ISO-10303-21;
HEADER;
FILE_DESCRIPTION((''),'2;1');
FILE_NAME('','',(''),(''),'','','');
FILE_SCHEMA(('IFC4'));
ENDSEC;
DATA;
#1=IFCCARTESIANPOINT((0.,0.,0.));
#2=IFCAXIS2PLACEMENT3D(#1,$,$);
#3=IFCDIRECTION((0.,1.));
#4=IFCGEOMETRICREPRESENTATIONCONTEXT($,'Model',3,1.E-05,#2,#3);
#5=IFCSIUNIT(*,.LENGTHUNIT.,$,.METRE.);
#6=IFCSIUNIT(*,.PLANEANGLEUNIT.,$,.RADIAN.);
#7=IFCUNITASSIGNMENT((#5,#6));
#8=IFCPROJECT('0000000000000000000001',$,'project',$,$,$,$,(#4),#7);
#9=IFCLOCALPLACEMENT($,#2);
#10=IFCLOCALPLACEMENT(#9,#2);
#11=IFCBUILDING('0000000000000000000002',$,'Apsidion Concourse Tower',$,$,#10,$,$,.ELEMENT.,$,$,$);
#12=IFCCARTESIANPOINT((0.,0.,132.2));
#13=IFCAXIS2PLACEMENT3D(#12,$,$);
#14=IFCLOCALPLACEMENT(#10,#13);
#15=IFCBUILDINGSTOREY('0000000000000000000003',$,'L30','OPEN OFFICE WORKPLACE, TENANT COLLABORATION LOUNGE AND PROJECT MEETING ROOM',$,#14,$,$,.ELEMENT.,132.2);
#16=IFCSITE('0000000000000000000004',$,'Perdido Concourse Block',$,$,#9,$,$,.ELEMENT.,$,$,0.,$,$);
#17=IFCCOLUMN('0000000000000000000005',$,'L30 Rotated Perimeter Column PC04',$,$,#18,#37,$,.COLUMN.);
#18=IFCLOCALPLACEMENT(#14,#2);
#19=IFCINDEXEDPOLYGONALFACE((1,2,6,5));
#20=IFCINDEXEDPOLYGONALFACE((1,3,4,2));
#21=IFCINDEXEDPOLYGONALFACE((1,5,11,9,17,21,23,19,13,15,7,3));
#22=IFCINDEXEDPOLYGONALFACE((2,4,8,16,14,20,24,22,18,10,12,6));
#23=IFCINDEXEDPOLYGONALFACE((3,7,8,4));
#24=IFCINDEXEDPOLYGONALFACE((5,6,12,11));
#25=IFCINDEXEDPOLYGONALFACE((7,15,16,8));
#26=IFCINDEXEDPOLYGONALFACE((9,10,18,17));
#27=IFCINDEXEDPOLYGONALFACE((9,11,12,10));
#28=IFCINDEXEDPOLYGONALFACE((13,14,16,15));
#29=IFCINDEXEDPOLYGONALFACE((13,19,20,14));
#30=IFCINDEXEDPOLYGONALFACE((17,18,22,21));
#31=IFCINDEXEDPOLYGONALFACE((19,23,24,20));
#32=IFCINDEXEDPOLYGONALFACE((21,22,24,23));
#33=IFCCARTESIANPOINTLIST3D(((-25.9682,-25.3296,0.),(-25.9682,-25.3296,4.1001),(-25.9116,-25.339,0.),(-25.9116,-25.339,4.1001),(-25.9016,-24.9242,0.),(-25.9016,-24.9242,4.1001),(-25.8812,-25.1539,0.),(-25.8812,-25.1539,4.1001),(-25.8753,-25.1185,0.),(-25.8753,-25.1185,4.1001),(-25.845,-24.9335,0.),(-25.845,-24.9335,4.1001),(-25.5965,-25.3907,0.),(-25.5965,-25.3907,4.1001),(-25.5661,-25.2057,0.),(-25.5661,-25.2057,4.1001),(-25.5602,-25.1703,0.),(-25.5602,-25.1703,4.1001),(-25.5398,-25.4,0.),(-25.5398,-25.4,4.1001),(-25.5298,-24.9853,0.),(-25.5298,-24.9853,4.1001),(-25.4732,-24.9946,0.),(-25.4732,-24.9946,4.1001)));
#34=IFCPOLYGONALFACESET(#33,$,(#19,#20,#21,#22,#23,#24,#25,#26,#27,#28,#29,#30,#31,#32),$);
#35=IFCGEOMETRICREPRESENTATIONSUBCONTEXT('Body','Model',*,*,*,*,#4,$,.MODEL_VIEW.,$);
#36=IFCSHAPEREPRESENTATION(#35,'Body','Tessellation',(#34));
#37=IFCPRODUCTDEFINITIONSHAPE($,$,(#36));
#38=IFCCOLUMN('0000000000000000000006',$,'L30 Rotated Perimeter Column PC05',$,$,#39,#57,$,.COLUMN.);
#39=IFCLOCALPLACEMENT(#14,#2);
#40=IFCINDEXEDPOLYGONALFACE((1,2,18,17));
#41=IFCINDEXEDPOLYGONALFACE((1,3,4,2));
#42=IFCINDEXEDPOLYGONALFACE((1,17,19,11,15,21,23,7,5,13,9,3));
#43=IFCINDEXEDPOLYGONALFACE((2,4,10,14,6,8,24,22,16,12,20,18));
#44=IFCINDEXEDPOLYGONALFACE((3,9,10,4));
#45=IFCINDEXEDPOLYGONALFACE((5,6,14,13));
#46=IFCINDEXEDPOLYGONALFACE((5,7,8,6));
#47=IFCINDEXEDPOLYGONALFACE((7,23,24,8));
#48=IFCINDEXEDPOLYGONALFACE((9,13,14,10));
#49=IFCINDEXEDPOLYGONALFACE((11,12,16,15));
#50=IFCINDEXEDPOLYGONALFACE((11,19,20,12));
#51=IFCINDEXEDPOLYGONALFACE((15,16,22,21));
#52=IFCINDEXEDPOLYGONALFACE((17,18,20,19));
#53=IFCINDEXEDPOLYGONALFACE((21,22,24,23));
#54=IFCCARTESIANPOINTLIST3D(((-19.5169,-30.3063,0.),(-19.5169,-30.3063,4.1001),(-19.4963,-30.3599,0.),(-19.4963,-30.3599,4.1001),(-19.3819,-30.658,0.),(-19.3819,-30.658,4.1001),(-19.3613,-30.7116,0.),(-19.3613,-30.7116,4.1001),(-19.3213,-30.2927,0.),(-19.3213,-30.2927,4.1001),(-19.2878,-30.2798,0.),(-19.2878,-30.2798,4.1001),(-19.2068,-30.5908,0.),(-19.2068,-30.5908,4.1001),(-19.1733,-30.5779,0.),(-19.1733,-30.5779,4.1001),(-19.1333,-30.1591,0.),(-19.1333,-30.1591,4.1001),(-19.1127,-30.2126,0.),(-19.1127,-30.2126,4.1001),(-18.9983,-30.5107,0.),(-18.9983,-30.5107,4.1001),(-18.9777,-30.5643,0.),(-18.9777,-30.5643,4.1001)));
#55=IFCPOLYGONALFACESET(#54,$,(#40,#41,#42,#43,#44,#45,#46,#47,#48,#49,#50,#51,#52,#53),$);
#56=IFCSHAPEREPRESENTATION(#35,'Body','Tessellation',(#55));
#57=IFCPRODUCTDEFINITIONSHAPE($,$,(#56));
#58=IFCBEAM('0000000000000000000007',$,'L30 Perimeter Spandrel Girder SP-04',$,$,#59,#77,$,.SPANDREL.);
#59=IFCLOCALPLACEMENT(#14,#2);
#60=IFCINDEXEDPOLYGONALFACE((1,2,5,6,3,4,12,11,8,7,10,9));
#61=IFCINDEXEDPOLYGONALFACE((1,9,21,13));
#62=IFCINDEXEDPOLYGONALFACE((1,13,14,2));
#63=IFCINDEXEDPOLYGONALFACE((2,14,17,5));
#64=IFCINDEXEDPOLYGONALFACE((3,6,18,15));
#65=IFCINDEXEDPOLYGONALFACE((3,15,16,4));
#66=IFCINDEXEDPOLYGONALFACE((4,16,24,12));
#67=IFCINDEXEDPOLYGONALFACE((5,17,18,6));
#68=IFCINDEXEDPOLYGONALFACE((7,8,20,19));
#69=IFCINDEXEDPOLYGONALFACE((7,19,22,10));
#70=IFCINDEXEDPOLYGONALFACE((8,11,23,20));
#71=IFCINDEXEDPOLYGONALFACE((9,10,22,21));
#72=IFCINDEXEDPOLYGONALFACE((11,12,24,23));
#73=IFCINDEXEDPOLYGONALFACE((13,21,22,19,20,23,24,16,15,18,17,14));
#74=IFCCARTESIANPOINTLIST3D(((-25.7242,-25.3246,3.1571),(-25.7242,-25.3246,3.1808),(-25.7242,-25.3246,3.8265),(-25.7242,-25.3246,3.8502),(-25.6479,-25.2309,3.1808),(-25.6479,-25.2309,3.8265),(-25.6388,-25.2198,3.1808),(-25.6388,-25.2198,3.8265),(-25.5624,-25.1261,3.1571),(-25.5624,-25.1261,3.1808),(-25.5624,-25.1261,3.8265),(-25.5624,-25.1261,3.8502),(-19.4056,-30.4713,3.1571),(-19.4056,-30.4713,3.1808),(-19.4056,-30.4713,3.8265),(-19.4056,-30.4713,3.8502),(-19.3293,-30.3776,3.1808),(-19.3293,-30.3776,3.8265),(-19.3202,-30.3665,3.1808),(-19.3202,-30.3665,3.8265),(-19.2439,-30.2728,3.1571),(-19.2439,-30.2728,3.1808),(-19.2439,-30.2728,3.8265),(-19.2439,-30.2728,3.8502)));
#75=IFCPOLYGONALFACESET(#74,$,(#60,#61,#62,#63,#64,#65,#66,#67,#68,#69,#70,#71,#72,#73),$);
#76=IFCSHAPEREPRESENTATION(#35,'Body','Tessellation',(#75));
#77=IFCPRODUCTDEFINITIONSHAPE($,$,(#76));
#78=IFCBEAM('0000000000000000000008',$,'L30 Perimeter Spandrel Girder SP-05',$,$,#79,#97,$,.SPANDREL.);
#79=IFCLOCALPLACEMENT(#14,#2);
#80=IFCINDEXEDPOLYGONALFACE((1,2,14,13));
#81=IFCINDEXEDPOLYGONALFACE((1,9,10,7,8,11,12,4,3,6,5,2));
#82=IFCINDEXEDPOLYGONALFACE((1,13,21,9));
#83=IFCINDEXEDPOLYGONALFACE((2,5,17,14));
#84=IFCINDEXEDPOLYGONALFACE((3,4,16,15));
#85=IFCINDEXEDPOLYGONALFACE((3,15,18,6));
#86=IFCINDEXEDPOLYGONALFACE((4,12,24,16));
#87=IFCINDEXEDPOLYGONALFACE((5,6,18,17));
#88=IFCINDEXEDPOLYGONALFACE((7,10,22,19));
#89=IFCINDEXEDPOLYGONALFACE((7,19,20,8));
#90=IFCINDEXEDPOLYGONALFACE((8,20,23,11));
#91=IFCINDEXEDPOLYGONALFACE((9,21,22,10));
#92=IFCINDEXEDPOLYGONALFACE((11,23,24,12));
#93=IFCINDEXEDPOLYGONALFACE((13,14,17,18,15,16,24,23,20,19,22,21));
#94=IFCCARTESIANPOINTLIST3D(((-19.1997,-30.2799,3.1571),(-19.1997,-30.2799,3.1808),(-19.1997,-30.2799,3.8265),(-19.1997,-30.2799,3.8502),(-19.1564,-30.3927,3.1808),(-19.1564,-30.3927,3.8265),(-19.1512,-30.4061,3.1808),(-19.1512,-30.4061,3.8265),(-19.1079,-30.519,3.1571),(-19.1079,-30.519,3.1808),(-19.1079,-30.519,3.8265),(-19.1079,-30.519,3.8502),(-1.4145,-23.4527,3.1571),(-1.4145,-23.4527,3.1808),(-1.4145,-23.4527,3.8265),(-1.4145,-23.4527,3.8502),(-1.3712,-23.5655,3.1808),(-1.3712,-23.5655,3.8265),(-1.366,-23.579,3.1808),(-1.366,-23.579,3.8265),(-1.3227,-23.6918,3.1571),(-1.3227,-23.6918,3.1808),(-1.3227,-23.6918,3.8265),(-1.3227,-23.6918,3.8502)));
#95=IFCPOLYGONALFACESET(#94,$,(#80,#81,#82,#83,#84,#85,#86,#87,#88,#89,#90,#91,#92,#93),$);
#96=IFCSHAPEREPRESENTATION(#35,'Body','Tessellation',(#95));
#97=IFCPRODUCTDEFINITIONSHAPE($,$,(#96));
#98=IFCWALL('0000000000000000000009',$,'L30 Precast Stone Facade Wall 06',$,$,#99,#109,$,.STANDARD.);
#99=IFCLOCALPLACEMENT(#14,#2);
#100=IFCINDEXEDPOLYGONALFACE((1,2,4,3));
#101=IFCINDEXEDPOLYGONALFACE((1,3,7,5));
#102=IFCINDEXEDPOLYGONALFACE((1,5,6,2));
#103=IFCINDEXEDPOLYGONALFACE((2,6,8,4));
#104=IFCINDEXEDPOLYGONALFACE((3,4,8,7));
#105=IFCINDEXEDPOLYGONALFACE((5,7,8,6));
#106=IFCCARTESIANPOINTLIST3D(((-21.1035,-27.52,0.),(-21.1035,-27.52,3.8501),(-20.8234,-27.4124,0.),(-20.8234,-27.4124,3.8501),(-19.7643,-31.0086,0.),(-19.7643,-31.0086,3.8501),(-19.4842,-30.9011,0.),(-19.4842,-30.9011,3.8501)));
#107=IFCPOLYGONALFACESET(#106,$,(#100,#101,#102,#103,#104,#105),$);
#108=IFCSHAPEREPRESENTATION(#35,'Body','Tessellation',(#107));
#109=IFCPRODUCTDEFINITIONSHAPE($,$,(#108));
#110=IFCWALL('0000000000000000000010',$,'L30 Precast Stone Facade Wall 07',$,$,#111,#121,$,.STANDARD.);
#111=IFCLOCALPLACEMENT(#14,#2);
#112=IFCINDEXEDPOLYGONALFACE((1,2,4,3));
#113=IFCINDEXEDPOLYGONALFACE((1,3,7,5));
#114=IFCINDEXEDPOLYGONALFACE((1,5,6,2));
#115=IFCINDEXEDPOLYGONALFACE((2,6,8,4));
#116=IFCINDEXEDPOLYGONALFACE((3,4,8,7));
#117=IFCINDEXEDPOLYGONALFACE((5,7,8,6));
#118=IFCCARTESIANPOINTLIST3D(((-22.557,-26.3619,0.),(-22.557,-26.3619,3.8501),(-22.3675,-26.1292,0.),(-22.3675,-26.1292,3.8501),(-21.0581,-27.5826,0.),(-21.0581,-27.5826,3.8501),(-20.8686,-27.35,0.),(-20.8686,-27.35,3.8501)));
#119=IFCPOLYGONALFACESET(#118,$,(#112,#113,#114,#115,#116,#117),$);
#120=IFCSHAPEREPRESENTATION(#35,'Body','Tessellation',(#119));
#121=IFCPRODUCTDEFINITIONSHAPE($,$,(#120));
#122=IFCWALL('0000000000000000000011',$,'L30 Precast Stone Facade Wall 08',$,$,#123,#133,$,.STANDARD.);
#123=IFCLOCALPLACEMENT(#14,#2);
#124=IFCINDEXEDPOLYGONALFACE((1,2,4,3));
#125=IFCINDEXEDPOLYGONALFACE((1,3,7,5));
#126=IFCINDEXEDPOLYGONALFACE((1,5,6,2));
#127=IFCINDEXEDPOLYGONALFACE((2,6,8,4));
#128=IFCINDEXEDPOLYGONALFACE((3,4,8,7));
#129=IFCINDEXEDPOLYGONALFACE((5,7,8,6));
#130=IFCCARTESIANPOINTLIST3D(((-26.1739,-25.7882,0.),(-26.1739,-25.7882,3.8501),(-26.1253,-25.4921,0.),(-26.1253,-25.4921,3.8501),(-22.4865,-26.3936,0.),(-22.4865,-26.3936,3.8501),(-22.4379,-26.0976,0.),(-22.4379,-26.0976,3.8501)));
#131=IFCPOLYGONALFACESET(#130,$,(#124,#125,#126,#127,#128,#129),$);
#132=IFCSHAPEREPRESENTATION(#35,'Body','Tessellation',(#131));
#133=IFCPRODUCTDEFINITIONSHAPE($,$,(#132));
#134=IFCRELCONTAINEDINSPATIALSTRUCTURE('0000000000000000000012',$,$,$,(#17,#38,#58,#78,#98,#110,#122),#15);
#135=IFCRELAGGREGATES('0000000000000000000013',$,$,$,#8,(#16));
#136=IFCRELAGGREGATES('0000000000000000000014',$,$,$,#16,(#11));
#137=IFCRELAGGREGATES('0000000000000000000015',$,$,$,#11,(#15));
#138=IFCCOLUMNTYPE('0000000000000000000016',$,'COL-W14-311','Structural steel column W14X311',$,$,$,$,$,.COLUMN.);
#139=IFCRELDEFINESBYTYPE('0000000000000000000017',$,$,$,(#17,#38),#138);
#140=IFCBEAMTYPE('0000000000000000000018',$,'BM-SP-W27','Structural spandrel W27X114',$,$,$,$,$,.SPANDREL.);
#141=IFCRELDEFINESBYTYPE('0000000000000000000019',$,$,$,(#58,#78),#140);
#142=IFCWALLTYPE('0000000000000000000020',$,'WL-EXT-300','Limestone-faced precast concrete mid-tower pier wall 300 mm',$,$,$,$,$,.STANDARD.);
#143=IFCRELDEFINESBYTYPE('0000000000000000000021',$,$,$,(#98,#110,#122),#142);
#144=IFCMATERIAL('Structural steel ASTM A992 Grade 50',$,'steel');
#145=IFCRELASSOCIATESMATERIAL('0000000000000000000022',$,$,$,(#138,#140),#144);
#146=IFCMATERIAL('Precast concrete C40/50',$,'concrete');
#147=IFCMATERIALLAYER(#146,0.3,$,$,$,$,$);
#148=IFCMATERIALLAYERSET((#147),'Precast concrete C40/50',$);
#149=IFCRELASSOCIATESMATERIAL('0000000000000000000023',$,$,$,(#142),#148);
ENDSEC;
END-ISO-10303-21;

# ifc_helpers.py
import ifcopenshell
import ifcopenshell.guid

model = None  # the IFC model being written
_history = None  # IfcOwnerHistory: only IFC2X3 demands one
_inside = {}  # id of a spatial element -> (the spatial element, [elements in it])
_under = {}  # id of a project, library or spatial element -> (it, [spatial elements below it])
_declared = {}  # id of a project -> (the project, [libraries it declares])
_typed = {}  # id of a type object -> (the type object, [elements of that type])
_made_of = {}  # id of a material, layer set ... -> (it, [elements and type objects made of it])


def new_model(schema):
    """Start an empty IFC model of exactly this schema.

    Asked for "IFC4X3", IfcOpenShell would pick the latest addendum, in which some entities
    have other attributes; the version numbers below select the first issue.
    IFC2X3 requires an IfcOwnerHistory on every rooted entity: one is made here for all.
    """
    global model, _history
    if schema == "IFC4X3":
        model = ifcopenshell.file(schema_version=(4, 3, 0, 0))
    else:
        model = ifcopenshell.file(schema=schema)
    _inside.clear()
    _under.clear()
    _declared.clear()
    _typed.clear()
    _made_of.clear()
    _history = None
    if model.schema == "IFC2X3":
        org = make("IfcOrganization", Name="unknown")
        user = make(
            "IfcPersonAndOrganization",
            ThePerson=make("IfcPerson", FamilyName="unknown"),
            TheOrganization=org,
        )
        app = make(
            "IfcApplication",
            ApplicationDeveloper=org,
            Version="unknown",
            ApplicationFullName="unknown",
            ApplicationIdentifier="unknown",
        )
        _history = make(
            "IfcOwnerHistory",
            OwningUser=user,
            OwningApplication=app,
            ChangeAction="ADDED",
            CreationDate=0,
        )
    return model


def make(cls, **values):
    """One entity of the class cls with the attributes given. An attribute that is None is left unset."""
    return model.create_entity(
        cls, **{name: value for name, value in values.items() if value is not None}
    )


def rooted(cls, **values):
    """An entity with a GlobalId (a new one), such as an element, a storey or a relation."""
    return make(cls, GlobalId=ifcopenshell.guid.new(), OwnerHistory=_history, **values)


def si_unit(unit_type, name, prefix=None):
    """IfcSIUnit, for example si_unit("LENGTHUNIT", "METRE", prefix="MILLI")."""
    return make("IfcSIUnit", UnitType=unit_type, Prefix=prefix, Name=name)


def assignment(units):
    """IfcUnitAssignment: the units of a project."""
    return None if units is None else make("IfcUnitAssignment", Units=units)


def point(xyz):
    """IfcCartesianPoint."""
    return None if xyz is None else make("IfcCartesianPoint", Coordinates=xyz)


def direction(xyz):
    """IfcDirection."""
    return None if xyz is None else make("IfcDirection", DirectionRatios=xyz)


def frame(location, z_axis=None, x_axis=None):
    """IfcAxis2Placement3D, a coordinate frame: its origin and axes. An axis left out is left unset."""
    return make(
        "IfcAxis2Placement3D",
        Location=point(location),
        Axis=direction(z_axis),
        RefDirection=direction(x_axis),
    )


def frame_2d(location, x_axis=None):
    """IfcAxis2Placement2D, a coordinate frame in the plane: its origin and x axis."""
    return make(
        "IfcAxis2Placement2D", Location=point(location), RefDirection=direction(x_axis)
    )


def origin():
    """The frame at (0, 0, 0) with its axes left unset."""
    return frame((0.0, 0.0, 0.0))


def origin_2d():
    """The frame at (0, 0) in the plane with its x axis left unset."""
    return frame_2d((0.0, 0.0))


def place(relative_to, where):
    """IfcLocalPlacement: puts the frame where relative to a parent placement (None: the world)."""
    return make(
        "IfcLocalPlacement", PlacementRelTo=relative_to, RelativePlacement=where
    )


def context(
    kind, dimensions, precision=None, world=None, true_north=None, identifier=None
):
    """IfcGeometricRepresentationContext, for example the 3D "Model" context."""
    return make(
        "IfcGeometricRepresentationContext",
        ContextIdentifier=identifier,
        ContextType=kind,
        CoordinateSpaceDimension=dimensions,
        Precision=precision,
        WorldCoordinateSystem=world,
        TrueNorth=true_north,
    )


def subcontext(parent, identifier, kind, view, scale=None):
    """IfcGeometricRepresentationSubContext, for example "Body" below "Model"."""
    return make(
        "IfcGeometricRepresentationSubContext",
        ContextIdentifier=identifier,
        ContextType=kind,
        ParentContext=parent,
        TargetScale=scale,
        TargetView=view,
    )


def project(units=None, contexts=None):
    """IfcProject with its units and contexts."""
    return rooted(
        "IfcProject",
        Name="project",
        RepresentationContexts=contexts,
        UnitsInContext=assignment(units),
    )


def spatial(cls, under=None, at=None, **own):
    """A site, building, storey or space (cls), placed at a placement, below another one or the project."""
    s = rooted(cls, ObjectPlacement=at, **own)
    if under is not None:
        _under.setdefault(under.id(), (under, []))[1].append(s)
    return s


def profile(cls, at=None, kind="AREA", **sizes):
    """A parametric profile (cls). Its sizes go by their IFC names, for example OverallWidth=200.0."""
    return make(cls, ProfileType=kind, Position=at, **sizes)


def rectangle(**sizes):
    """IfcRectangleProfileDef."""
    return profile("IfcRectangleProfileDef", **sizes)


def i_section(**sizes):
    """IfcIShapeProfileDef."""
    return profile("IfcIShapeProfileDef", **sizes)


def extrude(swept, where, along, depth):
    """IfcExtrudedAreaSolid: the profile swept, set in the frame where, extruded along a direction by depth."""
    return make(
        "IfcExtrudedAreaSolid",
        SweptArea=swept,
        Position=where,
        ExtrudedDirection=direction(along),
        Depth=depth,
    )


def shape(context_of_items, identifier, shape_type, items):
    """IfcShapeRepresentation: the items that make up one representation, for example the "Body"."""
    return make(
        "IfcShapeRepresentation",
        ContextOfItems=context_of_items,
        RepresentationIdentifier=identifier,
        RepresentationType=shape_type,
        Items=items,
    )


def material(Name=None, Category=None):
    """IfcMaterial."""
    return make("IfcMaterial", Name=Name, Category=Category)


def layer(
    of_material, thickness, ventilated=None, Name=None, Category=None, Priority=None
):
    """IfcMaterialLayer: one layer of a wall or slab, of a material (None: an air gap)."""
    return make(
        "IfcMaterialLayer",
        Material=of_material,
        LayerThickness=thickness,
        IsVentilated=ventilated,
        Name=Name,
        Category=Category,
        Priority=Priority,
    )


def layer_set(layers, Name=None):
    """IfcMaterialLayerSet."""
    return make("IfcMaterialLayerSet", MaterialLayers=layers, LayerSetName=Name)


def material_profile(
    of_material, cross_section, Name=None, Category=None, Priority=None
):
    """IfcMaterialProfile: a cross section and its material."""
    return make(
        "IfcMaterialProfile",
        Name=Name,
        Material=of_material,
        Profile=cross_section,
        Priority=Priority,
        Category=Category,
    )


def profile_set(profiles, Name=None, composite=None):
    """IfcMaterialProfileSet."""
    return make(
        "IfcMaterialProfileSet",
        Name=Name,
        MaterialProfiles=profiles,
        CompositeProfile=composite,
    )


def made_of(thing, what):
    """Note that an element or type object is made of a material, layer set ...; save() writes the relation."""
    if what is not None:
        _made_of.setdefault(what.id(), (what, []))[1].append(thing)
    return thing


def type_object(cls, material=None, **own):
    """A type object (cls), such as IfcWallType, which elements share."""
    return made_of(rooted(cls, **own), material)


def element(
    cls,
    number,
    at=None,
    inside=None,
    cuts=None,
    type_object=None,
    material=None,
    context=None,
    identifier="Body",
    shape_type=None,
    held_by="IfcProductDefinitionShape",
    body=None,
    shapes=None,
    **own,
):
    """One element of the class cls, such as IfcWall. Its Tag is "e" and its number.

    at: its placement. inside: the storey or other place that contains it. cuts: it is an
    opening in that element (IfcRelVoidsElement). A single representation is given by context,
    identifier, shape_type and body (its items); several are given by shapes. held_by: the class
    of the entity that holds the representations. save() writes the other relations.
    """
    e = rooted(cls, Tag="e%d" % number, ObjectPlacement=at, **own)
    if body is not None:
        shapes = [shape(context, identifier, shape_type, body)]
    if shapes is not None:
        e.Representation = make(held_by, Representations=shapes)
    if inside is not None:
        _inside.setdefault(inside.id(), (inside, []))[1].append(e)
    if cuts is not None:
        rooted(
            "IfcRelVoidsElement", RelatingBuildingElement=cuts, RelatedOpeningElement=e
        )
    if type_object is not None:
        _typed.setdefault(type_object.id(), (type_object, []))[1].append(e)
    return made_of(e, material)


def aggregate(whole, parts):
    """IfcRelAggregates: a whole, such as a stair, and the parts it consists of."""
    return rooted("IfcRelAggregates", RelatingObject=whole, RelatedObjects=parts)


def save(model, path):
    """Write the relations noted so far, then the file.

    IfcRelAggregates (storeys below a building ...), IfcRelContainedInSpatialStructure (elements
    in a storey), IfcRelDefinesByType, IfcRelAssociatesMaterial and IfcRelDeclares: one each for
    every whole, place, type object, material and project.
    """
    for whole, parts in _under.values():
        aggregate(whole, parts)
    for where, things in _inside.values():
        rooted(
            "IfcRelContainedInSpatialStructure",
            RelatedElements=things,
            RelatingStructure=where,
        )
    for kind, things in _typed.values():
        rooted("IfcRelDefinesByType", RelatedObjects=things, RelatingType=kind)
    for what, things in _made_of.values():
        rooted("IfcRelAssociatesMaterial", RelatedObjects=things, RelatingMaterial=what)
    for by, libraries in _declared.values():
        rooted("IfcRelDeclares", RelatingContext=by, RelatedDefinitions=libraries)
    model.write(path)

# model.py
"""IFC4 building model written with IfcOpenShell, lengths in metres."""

from ifc_helpers import new_model, si_unit, direction, frame, frame_2d, origin, origin_2d, place, context, subcontext, project, spatial, rectangle, i_section, extrude, material, layer, layer_set, material_profile, profile_set, type_object, element, save


model = new_model("IFC4")

# Units and contexts
model_context = context("Model", 3, precision=1e-05, world=origin(), true_north=direction((0.0, 1.0)))
body_context = subcontext(model_context, "Body", "Model", "MODEL_VIEW")
ifc_project = project(units=[si_unit("LENGTHUNIT", "METRE"), si_unit("PLANEANGLEUNIT", "RADIAN")], contexts=[model_context])

# Site, building, storey
site_placement = place(None, origin())
site = spatial("IfcSite", under=ifc_project, at=site_placement, Name="Perdido Concourse Block", CompositionType="ELEMENT", RefElevation=0.0)
building_placement = place(site_placement, origin())
building = spatial("IfcBuilding", under=site, at=building_placement, Name="Apsidion Concourse Tower", CompositionType="ELEMENT")
storey_placement = place(building_placement, frame((0.0, 0.0, 132.2)))
storey = spatial("IfcBuildingStorey", under=building, at=storey_placement, Name="L30", Description="OPEN OFFICE WORKPLACE, TENANT COLLABORATION LOUNGE AND PROJECT MEETING ROOM", CompositionType="ELEMENT", Elevation=132.2)

# Columns
ifc_material_1 = material(Name="Structural steel ASTM A992 Grade 50", Category="steel")
ifc_material_profile_1 = material_profile(ifc_material_1, i_section(OverallWidth=0.4109, OverallDepth=0.4341, WebThickness=0.0359, FlangeThickness=0.0574, at=origin_2d()), Name="W14X311")
ifc_profile_set_1 = profile_set([ifc_material_profile_1], Name="Structural steel ASTM A992 Grade 50")
column_type = type_object("IfcColumnType", Name="COL-W14-311", Description="Structural steel column W14X311", PredefinedType="COLUMN", material=ifc_profile_set_1)
for number, where, z_axis, x_axis, name in (
    (1, (-25.7207, -25.1621, 0.0), (0.0, 0.0, 1.0), (0.162121, 0.986771, 0.0), "L30 Rotated Perimeter Column PC04"),
    (2, (-19.2473, -30.4353, 0.0), (0.0, 0.0, 1.0), (0.93358, 0.358368, 0.0), "L30 Rotated Perimeter Column PC05"),
):
    element("IfcColumn", number, at=place(storey_placement, frame(where, z_axis=z_axis, x_axis=x_axis)), inside=storey, type_object=column_type, Name=name, PredefinedType="COLUMN", context=body_context, shape_type="SweptSolid", body=[
        extrude(i_section(OverallWidth=0.4109, OverallDepth=0.4341, WebThickness=0.0359, FlangeThickness=0.0574, at=origin_2d()), origin(), (0.0, 0.0, 1.0), 4.1001),
    ])

# Beams
ifc_material_profile_2 = material_profile(ifc_material_1, i_section(OverallWidth=0.2561, OverallDepth=0.6931, WebThickness=0.0144, FlangeThickness=0.0237, at=origin_2d()), Name="W27X114")
ifc_profile_set_2 = profile_set([ifc_material_profile_2], Name="Structural steel ASTM A992 Grade 50")
beam_type = type_object("IfcBeamType", Name="BM-SP-W27", Description="Structural spandrel W27X114", PredefinedType="SPANDREL", material=ifc_profile_set_2)
beam_1_placement = place(storey_placement, frame((-25.6433, -25.2253, 3.5037), z_axis=(0.775341, -0.631543, 0.0), x_axis=(0.631543, 0.775341, 0.0)))
element("IfcBeam", 3, at=beam_1_placement, inside=storey, type_object=beam_type, Name="L30 Perimeter Spandrel Girder SP-04", PredefinedType="SPANDREL", context=body_context, shape_type="SweptSolid", body=[
    extrude(i_section(OverallWidth=0.2561, OverallDepth=0.6931, WebThickness=0.0144, FlangeThickness=0.0237, at=origin_2d()), origin(), (0.0, 0.0, 1.0), 8.1494),
])
beam_2_placement = place(storey_placement, frame((-19.1538, -30.3994, 3.5037), z_axis=(0.933579, 0.358371, 0.0), x_axis=(-0.358371, 0.933579, 0.0)))
element("IfcBeam", 4, at=beam_2_placement, inside=storey, type_object=beam_type, Name="L30 Perimeter Spandrel Girder SP-05", PredefinedType="SPANDREL", context=body_context, shape_type="SweptSolid", body=[
    extrude(i_section(OverallWidth=0.2561, OverallDepth=0.6931, WebThickness=0.0144, FlangeThickness=0.0237, at=origin_2d()), origin(), (0.0, 0.0, 1.0), 19.0505),
])

# Walls
ifc_material_2 = material(Name="Precast concrete C40/50", Category="concrete")
ifc_layer_1 = layer(ifc_material_2, 0.3)
ifc_layer_set_1 = layer_set([ifc_layer_1], Name="Precast concrete C40/50")
wall_type_1 = type_object("IfcWallType", Name="WL-EXT-300", Description="Limestone-faced precast concrete mid-tower pier wall 300 mm", PredefinedType="STANDARD", material=ifc_layer_set_1)
wall_1_placement = place(storey_placement, frame((-19.6243, -30.9548, 0.0), z_axis=(0.0, 0.0, 1.0), x_axis=(-0.358366, 0.933581, 0.0)))
element("IfcWall", 5, at=wall_1_placement, inside=storey, type_object=wall_type_1, Name="L30 Precast Stone Facade Wall 06", PredefinedType="STANDARD", context=body_context, shape_type="SweptSolid", body=[
    extrude(rectangle(XDim=3.7368, YDim=0.3, at=frame_2d((1.8684, 0.0))), origin(), (0.0, 0.0, 1.0), 3.8501),
])
wall_2_placement = place(storey_placement, frame((-20.9634, -27.4663, 0.0), z_axis=(0.0, 0.0, 1.0), x_axis=(-0.775368, 0.63151, 0.0)))
element("IfcWall", 6, at=wall_2_placement, inside=storey, type_object=wall_type_1, Name="L30 Precast Stone Facade Wall 07", PredefinedType="STANDARD", context=body_context, shape_type="SweptSolid", body=[
    extrude(rectangle(XDim=1.9331, YDim=0.3, at=frame_2d((0.9666, 0.0))), origin(), (0.0, 0.0, 1.0), 3.8501),
])
wall_3_placement = place(storey_placement, frame((-22.4622, -26.2456, 0.0), z_axis=(0.0, 0.0, 1.0), x_axis=(-0.986787, 0.162025, 0.0)))
element("IfcWall", 7, at=wall_3_placement, inside=storey, type_object=wall_type_1, Name="L30 Precast Stone Facade Wall 08", PredefinedType="STANDARD", context=body_context, shape_type="SweptSolid", body=[
    extrude(rectangle(XDim=3.7368, YDim=0.3, at=frame_2d((1.8684, 0.0))), origin(), (0.0, 0.0, 1.0), 3.8501),
])

save(model, "model.ifc")
